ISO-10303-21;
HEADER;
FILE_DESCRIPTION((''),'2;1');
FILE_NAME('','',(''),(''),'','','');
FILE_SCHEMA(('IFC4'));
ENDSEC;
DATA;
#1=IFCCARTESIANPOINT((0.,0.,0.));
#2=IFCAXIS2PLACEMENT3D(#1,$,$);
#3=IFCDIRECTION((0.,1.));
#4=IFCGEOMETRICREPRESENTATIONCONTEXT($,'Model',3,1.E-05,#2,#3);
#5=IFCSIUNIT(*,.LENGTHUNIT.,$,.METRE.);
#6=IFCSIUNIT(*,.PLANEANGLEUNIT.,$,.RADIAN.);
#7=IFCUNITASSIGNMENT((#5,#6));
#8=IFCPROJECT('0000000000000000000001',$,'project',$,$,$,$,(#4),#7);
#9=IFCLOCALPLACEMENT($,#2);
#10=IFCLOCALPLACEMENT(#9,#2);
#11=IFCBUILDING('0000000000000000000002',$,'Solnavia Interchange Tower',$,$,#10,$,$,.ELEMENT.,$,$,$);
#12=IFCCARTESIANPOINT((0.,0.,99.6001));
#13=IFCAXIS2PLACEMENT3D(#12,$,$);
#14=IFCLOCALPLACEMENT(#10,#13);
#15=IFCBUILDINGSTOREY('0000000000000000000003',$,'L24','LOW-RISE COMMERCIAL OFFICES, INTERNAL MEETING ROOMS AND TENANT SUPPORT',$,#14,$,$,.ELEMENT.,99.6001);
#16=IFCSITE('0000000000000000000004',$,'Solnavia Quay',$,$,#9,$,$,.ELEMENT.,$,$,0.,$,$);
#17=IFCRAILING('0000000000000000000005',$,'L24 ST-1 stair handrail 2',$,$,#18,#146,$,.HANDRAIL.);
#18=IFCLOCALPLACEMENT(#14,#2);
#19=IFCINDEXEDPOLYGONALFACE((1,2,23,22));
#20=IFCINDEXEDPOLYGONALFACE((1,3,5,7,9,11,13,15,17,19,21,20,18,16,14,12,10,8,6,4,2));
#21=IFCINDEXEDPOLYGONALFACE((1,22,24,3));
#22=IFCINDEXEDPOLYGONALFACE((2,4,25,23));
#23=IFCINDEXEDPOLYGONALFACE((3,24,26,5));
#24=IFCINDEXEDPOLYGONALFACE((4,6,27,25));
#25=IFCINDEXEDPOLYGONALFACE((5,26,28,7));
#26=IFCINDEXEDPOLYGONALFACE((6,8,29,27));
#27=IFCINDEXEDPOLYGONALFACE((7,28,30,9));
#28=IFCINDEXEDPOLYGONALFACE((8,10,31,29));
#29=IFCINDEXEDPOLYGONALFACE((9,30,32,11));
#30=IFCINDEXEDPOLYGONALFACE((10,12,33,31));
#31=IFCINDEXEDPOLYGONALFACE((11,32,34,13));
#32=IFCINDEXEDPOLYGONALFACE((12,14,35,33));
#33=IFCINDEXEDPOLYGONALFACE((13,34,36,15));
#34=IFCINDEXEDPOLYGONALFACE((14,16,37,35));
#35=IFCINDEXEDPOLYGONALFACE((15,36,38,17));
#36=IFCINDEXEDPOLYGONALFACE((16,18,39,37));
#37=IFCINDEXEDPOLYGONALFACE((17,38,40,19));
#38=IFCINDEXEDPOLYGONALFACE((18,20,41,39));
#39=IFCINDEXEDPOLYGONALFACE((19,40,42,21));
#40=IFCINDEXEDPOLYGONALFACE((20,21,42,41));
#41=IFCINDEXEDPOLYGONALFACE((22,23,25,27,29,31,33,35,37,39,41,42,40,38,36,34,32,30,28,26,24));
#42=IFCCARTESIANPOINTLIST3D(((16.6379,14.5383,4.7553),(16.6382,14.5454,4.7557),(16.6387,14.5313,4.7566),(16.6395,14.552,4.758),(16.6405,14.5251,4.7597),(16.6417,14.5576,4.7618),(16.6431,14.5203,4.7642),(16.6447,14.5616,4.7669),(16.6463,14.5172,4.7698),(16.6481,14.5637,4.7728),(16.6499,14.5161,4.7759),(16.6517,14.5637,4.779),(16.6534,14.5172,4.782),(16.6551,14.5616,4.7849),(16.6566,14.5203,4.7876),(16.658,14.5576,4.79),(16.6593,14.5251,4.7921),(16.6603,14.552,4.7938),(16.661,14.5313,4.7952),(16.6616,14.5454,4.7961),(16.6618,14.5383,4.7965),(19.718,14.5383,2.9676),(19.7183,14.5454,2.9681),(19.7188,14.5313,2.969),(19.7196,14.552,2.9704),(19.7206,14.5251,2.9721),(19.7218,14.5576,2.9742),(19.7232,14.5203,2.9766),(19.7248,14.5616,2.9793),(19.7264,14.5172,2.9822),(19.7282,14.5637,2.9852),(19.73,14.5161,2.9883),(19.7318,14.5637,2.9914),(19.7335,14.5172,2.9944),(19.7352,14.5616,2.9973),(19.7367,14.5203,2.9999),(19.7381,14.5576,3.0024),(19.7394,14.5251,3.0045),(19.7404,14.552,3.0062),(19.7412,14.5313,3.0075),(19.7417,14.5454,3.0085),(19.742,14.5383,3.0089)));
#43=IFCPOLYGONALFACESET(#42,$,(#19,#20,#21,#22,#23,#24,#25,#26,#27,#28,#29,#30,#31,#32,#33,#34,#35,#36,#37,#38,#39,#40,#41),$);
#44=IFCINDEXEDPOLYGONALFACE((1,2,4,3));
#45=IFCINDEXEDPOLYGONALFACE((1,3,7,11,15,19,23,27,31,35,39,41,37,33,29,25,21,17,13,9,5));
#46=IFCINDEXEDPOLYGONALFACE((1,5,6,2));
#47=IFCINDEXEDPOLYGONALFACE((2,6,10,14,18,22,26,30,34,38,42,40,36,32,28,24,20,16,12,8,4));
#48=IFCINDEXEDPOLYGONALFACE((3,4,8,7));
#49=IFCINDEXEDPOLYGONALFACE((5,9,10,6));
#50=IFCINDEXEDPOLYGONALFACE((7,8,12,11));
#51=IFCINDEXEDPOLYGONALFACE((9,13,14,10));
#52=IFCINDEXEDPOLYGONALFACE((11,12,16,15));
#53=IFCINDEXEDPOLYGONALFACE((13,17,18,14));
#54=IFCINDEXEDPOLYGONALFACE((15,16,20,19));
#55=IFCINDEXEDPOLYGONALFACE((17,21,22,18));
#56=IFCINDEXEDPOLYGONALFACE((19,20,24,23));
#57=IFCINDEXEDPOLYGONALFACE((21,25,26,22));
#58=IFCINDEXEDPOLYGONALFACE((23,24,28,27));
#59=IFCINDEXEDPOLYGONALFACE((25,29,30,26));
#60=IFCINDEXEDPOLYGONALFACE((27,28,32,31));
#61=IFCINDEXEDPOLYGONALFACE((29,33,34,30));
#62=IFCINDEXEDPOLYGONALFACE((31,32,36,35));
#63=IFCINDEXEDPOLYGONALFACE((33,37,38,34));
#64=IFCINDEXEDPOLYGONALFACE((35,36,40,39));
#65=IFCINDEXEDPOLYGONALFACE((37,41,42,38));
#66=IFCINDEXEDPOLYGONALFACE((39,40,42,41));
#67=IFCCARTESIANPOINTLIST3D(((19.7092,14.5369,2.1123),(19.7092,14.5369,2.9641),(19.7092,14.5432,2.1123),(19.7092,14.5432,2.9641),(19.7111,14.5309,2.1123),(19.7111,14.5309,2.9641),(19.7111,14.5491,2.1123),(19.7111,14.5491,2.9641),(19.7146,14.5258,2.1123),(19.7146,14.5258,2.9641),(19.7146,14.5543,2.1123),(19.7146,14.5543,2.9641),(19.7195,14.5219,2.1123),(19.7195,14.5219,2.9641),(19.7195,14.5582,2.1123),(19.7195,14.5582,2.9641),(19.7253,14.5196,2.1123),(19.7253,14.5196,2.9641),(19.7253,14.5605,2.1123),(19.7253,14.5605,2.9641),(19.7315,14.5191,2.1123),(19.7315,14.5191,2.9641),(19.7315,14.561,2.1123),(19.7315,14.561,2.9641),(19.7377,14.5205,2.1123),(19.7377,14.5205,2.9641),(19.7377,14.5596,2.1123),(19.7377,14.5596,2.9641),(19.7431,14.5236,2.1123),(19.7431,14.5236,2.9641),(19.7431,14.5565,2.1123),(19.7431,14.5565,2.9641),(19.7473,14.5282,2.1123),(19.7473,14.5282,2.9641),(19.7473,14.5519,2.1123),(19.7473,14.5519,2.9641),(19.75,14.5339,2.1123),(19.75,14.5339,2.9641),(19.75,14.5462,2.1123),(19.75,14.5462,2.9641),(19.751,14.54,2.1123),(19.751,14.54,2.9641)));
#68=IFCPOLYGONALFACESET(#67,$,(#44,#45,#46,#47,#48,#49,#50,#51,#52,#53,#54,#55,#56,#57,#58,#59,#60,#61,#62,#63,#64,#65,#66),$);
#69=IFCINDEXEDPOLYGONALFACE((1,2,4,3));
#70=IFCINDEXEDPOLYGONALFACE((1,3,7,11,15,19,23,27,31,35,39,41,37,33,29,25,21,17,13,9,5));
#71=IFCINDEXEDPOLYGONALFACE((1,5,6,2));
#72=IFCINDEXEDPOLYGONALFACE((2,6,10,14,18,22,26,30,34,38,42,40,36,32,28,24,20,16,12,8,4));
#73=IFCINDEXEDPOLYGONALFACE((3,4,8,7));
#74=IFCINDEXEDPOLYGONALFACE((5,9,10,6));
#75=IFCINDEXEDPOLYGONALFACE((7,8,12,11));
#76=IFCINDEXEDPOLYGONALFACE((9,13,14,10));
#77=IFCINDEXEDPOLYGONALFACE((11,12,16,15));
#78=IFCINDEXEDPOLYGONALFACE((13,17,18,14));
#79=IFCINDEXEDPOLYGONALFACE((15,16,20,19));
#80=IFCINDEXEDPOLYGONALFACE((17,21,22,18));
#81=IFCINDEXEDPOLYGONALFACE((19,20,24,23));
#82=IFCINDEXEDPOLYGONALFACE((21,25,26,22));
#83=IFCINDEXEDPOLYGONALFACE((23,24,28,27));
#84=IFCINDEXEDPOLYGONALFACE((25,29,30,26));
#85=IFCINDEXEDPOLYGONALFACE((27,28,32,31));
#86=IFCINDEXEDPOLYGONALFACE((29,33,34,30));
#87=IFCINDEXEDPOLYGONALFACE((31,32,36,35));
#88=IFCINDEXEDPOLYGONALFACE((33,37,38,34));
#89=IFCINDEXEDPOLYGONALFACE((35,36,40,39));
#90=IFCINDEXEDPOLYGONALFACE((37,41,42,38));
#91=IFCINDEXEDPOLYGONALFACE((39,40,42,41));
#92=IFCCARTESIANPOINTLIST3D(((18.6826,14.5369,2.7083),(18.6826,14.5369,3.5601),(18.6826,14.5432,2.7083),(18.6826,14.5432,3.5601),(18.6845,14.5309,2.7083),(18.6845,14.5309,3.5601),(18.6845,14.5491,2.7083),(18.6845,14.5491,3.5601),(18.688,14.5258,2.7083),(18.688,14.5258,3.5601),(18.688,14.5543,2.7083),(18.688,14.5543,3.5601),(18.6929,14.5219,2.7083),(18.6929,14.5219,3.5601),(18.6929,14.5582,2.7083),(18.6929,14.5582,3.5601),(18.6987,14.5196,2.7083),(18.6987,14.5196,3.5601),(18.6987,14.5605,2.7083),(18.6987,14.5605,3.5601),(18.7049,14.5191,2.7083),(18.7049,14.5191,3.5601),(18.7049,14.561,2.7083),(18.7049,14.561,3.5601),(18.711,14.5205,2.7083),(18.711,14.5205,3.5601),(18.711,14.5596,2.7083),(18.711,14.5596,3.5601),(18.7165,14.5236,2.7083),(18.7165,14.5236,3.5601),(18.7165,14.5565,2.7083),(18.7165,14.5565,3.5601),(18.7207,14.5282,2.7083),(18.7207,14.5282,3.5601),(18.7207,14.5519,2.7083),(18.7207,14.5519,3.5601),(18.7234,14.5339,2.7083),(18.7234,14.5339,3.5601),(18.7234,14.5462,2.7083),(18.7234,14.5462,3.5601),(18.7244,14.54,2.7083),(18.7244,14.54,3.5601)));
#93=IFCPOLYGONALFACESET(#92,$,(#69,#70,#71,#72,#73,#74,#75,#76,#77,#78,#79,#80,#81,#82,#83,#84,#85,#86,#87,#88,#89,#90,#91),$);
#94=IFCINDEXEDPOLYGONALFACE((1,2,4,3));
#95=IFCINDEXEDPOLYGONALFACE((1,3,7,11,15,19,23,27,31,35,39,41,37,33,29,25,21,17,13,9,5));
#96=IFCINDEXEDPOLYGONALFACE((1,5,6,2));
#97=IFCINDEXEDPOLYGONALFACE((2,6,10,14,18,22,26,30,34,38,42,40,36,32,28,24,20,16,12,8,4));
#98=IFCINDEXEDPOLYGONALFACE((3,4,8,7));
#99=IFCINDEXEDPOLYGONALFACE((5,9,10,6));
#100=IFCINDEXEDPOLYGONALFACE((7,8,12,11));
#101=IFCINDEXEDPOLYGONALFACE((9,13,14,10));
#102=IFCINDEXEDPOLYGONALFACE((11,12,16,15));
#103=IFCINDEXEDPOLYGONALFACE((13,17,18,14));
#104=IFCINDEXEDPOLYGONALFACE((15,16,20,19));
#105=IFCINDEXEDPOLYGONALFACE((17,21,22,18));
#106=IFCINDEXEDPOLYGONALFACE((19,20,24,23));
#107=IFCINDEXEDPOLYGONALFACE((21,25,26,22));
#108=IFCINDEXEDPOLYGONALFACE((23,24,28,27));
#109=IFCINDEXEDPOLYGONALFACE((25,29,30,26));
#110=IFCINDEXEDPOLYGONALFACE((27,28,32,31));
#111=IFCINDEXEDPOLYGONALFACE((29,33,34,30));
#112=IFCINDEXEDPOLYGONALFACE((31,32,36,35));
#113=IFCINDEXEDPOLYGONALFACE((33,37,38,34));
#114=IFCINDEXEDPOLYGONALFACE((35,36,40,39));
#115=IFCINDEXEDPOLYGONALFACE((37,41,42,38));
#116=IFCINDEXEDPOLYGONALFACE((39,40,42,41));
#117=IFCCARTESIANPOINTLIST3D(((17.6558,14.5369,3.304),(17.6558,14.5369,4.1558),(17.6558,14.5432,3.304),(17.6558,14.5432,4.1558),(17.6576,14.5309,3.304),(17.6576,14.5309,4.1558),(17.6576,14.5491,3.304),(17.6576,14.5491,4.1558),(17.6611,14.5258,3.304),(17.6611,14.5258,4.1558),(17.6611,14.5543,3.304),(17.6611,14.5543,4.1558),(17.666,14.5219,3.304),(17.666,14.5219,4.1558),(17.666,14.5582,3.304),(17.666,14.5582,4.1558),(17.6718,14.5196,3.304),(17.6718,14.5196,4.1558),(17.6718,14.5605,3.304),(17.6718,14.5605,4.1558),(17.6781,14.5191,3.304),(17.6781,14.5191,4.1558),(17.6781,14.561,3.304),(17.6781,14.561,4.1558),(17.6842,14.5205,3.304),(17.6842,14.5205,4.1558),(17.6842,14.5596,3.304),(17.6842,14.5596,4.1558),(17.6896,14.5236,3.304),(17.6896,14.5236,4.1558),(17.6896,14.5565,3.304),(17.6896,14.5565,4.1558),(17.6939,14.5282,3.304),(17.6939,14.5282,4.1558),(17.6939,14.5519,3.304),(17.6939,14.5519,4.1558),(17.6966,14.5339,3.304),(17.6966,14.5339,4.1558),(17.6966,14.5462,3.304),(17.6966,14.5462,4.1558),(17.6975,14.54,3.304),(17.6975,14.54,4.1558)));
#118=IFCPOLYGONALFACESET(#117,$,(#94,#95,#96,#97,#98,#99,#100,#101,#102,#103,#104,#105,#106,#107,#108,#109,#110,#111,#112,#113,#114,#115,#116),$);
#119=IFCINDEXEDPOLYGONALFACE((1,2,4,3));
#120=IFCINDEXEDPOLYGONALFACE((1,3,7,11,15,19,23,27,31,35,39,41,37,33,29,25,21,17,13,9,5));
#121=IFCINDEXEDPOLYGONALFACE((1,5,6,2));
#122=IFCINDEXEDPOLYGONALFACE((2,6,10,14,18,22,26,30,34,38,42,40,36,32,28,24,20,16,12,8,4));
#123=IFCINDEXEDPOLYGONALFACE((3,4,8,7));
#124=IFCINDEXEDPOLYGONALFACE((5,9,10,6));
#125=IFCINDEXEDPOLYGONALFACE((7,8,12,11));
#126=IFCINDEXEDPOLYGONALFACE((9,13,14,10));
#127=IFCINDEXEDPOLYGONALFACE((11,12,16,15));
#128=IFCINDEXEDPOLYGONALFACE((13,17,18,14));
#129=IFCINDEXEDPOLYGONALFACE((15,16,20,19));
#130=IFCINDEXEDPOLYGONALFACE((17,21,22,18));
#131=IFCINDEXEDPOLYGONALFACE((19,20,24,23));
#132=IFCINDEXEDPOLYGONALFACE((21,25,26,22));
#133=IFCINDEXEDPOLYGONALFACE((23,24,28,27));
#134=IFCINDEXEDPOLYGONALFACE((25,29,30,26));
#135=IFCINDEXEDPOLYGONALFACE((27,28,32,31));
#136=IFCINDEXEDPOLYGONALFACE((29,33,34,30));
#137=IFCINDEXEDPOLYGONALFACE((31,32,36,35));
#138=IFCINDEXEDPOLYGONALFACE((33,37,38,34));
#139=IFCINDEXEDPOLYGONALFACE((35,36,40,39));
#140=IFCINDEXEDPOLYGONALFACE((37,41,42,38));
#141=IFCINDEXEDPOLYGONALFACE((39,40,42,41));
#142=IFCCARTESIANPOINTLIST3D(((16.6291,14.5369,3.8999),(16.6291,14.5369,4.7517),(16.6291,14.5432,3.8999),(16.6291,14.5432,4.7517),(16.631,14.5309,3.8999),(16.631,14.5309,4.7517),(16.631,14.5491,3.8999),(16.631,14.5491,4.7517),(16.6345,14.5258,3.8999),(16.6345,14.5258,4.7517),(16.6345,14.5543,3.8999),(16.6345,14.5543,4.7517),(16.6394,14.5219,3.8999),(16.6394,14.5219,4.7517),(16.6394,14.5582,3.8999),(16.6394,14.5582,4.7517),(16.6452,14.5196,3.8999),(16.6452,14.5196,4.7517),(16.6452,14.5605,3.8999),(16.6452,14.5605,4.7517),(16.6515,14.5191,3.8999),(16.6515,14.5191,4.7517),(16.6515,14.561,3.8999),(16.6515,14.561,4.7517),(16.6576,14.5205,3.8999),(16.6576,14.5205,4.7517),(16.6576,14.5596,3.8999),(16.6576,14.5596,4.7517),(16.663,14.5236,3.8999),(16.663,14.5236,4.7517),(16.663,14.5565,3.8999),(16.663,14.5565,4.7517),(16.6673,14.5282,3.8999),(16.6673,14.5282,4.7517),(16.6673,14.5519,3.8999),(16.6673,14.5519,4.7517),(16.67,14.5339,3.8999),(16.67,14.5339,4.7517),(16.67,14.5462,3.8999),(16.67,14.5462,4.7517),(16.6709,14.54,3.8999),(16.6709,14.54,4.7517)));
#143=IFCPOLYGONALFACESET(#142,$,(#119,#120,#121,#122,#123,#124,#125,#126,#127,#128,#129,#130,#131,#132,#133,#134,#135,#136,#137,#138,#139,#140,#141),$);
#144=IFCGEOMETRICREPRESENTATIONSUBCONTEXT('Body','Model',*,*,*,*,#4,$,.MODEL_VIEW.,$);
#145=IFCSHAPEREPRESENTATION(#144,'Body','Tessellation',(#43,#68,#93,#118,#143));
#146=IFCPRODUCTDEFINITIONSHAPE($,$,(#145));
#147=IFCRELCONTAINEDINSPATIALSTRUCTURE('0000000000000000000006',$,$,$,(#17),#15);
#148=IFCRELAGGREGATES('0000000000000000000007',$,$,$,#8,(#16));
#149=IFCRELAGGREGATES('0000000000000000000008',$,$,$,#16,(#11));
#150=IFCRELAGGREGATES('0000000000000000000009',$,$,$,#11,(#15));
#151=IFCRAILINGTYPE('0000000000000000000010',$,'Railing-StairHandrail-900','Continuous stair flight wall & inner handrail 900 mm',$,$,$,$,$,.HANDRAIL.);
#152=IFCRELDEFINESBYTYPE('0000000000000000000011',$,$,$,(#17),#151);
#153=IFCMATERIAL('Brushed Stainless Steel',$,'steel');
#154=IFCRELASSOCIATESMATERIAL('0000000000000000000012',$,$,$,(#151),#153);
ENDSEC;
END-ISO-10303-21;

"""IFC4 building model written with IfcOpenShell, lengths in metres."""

from ifc_helpers import new_model, si_unit, direction, frame, origin, origin_2d, place, context, subcontext, project, spatial, circle, extrude, material, type_object, element, save


model = new_model("IFC4")

# Units and contexts
model_context = context("Model", 3, precision=1e-05, world=origin(), true_north=direction((0.0, 1.0)))
body_context = subcontext(model_context, "Body", "Model", "MODEL_VIEW")
ifc_project = project(units=[si_unit("LENGTHUNIT", "METRE"), si_unit("PLANEANGLEUNIT", "RADIAN")], contexts=[model_context])

# Site, building, storey
site_placement = place(None, origin())
site = spatial("IfcSite", under=ifc_project, at=site_placement, Name="Solnavia Quay", CompositionType="ELEMENT", RefElevation=0.0)
building_placement = place(site_placement, origin())
building = spatial("IfcBuilding", under=site, at=building_placement, Name="Solnavia Interchange Tower", CompositionType="ELEMENT")
storey_placement = place(building_placement, frame((0.0, 0.0, 99.6001)))
storey = spatial("IfcBuildingStorey", under=building, at=storey_placement, Name="L24", Description="LOW-RISE COMMERCIAL OFFICES, INTERNAL MEETING ROOMS AND TENANT SUPPORT", CompositionType="ELEMENT", Elevation=99.6001)

# Railing
ifc_material_1 = material(Name="Brushed Stainless Steel", Category="steel")
railing_type_1 = type_object("IfcRailingType", Name="Railing-StairHandrail-900", Description="Continuous stair flight wall & inner handrail 900 mm", PredefinedType="HANDRAIL", material=ifc_material_1)
railing_1_placement = place(storey_placement, frame((19.73, 14.54, 2.1123)))
element("IfcRailing", 1, at=railing_1_placement, inside=storey, type_object=railing_type_1, Name="L24 ST-1 stair handrail 2", PredefinedType="HANDRAIL", context=body_context, shape_type="SweptSolid", body=[
    extrude(circle(Radius=0.0239, at=origin_2d()), frame((0.0, 0.0, 0.876), z_axis=(-0.864891, 0.0, 0.50196), x_axis=(0.0, -1.0, 0.0)), (0.0, 0.0, 1.0), 3.5613),
    extrude(circle(Radius=0.021, at=origin_2d()), origin(), (0.0, 0.0, 1.0), 0.8518),
    extrude(circle(Radius=0.021, at=origin_2d()), frame((-1.0266, 0.0, 0.5959)), (0.0, 0.0, 1.0), 0.8518),
    extrude(circle(Radius=0.021, at=origin_2d()), frame((-2.0535, 0.0, 1.1917)), (0.0, 0.0, 1.0), 0.8518),
    extrude(circle(Radius=0.021, at=origin_2d()), frame((-3.0801, 0.0, 1.7876)), (0.0, 0.0, 1.0), 0.8518),
])

save(model, "model.ifc")
